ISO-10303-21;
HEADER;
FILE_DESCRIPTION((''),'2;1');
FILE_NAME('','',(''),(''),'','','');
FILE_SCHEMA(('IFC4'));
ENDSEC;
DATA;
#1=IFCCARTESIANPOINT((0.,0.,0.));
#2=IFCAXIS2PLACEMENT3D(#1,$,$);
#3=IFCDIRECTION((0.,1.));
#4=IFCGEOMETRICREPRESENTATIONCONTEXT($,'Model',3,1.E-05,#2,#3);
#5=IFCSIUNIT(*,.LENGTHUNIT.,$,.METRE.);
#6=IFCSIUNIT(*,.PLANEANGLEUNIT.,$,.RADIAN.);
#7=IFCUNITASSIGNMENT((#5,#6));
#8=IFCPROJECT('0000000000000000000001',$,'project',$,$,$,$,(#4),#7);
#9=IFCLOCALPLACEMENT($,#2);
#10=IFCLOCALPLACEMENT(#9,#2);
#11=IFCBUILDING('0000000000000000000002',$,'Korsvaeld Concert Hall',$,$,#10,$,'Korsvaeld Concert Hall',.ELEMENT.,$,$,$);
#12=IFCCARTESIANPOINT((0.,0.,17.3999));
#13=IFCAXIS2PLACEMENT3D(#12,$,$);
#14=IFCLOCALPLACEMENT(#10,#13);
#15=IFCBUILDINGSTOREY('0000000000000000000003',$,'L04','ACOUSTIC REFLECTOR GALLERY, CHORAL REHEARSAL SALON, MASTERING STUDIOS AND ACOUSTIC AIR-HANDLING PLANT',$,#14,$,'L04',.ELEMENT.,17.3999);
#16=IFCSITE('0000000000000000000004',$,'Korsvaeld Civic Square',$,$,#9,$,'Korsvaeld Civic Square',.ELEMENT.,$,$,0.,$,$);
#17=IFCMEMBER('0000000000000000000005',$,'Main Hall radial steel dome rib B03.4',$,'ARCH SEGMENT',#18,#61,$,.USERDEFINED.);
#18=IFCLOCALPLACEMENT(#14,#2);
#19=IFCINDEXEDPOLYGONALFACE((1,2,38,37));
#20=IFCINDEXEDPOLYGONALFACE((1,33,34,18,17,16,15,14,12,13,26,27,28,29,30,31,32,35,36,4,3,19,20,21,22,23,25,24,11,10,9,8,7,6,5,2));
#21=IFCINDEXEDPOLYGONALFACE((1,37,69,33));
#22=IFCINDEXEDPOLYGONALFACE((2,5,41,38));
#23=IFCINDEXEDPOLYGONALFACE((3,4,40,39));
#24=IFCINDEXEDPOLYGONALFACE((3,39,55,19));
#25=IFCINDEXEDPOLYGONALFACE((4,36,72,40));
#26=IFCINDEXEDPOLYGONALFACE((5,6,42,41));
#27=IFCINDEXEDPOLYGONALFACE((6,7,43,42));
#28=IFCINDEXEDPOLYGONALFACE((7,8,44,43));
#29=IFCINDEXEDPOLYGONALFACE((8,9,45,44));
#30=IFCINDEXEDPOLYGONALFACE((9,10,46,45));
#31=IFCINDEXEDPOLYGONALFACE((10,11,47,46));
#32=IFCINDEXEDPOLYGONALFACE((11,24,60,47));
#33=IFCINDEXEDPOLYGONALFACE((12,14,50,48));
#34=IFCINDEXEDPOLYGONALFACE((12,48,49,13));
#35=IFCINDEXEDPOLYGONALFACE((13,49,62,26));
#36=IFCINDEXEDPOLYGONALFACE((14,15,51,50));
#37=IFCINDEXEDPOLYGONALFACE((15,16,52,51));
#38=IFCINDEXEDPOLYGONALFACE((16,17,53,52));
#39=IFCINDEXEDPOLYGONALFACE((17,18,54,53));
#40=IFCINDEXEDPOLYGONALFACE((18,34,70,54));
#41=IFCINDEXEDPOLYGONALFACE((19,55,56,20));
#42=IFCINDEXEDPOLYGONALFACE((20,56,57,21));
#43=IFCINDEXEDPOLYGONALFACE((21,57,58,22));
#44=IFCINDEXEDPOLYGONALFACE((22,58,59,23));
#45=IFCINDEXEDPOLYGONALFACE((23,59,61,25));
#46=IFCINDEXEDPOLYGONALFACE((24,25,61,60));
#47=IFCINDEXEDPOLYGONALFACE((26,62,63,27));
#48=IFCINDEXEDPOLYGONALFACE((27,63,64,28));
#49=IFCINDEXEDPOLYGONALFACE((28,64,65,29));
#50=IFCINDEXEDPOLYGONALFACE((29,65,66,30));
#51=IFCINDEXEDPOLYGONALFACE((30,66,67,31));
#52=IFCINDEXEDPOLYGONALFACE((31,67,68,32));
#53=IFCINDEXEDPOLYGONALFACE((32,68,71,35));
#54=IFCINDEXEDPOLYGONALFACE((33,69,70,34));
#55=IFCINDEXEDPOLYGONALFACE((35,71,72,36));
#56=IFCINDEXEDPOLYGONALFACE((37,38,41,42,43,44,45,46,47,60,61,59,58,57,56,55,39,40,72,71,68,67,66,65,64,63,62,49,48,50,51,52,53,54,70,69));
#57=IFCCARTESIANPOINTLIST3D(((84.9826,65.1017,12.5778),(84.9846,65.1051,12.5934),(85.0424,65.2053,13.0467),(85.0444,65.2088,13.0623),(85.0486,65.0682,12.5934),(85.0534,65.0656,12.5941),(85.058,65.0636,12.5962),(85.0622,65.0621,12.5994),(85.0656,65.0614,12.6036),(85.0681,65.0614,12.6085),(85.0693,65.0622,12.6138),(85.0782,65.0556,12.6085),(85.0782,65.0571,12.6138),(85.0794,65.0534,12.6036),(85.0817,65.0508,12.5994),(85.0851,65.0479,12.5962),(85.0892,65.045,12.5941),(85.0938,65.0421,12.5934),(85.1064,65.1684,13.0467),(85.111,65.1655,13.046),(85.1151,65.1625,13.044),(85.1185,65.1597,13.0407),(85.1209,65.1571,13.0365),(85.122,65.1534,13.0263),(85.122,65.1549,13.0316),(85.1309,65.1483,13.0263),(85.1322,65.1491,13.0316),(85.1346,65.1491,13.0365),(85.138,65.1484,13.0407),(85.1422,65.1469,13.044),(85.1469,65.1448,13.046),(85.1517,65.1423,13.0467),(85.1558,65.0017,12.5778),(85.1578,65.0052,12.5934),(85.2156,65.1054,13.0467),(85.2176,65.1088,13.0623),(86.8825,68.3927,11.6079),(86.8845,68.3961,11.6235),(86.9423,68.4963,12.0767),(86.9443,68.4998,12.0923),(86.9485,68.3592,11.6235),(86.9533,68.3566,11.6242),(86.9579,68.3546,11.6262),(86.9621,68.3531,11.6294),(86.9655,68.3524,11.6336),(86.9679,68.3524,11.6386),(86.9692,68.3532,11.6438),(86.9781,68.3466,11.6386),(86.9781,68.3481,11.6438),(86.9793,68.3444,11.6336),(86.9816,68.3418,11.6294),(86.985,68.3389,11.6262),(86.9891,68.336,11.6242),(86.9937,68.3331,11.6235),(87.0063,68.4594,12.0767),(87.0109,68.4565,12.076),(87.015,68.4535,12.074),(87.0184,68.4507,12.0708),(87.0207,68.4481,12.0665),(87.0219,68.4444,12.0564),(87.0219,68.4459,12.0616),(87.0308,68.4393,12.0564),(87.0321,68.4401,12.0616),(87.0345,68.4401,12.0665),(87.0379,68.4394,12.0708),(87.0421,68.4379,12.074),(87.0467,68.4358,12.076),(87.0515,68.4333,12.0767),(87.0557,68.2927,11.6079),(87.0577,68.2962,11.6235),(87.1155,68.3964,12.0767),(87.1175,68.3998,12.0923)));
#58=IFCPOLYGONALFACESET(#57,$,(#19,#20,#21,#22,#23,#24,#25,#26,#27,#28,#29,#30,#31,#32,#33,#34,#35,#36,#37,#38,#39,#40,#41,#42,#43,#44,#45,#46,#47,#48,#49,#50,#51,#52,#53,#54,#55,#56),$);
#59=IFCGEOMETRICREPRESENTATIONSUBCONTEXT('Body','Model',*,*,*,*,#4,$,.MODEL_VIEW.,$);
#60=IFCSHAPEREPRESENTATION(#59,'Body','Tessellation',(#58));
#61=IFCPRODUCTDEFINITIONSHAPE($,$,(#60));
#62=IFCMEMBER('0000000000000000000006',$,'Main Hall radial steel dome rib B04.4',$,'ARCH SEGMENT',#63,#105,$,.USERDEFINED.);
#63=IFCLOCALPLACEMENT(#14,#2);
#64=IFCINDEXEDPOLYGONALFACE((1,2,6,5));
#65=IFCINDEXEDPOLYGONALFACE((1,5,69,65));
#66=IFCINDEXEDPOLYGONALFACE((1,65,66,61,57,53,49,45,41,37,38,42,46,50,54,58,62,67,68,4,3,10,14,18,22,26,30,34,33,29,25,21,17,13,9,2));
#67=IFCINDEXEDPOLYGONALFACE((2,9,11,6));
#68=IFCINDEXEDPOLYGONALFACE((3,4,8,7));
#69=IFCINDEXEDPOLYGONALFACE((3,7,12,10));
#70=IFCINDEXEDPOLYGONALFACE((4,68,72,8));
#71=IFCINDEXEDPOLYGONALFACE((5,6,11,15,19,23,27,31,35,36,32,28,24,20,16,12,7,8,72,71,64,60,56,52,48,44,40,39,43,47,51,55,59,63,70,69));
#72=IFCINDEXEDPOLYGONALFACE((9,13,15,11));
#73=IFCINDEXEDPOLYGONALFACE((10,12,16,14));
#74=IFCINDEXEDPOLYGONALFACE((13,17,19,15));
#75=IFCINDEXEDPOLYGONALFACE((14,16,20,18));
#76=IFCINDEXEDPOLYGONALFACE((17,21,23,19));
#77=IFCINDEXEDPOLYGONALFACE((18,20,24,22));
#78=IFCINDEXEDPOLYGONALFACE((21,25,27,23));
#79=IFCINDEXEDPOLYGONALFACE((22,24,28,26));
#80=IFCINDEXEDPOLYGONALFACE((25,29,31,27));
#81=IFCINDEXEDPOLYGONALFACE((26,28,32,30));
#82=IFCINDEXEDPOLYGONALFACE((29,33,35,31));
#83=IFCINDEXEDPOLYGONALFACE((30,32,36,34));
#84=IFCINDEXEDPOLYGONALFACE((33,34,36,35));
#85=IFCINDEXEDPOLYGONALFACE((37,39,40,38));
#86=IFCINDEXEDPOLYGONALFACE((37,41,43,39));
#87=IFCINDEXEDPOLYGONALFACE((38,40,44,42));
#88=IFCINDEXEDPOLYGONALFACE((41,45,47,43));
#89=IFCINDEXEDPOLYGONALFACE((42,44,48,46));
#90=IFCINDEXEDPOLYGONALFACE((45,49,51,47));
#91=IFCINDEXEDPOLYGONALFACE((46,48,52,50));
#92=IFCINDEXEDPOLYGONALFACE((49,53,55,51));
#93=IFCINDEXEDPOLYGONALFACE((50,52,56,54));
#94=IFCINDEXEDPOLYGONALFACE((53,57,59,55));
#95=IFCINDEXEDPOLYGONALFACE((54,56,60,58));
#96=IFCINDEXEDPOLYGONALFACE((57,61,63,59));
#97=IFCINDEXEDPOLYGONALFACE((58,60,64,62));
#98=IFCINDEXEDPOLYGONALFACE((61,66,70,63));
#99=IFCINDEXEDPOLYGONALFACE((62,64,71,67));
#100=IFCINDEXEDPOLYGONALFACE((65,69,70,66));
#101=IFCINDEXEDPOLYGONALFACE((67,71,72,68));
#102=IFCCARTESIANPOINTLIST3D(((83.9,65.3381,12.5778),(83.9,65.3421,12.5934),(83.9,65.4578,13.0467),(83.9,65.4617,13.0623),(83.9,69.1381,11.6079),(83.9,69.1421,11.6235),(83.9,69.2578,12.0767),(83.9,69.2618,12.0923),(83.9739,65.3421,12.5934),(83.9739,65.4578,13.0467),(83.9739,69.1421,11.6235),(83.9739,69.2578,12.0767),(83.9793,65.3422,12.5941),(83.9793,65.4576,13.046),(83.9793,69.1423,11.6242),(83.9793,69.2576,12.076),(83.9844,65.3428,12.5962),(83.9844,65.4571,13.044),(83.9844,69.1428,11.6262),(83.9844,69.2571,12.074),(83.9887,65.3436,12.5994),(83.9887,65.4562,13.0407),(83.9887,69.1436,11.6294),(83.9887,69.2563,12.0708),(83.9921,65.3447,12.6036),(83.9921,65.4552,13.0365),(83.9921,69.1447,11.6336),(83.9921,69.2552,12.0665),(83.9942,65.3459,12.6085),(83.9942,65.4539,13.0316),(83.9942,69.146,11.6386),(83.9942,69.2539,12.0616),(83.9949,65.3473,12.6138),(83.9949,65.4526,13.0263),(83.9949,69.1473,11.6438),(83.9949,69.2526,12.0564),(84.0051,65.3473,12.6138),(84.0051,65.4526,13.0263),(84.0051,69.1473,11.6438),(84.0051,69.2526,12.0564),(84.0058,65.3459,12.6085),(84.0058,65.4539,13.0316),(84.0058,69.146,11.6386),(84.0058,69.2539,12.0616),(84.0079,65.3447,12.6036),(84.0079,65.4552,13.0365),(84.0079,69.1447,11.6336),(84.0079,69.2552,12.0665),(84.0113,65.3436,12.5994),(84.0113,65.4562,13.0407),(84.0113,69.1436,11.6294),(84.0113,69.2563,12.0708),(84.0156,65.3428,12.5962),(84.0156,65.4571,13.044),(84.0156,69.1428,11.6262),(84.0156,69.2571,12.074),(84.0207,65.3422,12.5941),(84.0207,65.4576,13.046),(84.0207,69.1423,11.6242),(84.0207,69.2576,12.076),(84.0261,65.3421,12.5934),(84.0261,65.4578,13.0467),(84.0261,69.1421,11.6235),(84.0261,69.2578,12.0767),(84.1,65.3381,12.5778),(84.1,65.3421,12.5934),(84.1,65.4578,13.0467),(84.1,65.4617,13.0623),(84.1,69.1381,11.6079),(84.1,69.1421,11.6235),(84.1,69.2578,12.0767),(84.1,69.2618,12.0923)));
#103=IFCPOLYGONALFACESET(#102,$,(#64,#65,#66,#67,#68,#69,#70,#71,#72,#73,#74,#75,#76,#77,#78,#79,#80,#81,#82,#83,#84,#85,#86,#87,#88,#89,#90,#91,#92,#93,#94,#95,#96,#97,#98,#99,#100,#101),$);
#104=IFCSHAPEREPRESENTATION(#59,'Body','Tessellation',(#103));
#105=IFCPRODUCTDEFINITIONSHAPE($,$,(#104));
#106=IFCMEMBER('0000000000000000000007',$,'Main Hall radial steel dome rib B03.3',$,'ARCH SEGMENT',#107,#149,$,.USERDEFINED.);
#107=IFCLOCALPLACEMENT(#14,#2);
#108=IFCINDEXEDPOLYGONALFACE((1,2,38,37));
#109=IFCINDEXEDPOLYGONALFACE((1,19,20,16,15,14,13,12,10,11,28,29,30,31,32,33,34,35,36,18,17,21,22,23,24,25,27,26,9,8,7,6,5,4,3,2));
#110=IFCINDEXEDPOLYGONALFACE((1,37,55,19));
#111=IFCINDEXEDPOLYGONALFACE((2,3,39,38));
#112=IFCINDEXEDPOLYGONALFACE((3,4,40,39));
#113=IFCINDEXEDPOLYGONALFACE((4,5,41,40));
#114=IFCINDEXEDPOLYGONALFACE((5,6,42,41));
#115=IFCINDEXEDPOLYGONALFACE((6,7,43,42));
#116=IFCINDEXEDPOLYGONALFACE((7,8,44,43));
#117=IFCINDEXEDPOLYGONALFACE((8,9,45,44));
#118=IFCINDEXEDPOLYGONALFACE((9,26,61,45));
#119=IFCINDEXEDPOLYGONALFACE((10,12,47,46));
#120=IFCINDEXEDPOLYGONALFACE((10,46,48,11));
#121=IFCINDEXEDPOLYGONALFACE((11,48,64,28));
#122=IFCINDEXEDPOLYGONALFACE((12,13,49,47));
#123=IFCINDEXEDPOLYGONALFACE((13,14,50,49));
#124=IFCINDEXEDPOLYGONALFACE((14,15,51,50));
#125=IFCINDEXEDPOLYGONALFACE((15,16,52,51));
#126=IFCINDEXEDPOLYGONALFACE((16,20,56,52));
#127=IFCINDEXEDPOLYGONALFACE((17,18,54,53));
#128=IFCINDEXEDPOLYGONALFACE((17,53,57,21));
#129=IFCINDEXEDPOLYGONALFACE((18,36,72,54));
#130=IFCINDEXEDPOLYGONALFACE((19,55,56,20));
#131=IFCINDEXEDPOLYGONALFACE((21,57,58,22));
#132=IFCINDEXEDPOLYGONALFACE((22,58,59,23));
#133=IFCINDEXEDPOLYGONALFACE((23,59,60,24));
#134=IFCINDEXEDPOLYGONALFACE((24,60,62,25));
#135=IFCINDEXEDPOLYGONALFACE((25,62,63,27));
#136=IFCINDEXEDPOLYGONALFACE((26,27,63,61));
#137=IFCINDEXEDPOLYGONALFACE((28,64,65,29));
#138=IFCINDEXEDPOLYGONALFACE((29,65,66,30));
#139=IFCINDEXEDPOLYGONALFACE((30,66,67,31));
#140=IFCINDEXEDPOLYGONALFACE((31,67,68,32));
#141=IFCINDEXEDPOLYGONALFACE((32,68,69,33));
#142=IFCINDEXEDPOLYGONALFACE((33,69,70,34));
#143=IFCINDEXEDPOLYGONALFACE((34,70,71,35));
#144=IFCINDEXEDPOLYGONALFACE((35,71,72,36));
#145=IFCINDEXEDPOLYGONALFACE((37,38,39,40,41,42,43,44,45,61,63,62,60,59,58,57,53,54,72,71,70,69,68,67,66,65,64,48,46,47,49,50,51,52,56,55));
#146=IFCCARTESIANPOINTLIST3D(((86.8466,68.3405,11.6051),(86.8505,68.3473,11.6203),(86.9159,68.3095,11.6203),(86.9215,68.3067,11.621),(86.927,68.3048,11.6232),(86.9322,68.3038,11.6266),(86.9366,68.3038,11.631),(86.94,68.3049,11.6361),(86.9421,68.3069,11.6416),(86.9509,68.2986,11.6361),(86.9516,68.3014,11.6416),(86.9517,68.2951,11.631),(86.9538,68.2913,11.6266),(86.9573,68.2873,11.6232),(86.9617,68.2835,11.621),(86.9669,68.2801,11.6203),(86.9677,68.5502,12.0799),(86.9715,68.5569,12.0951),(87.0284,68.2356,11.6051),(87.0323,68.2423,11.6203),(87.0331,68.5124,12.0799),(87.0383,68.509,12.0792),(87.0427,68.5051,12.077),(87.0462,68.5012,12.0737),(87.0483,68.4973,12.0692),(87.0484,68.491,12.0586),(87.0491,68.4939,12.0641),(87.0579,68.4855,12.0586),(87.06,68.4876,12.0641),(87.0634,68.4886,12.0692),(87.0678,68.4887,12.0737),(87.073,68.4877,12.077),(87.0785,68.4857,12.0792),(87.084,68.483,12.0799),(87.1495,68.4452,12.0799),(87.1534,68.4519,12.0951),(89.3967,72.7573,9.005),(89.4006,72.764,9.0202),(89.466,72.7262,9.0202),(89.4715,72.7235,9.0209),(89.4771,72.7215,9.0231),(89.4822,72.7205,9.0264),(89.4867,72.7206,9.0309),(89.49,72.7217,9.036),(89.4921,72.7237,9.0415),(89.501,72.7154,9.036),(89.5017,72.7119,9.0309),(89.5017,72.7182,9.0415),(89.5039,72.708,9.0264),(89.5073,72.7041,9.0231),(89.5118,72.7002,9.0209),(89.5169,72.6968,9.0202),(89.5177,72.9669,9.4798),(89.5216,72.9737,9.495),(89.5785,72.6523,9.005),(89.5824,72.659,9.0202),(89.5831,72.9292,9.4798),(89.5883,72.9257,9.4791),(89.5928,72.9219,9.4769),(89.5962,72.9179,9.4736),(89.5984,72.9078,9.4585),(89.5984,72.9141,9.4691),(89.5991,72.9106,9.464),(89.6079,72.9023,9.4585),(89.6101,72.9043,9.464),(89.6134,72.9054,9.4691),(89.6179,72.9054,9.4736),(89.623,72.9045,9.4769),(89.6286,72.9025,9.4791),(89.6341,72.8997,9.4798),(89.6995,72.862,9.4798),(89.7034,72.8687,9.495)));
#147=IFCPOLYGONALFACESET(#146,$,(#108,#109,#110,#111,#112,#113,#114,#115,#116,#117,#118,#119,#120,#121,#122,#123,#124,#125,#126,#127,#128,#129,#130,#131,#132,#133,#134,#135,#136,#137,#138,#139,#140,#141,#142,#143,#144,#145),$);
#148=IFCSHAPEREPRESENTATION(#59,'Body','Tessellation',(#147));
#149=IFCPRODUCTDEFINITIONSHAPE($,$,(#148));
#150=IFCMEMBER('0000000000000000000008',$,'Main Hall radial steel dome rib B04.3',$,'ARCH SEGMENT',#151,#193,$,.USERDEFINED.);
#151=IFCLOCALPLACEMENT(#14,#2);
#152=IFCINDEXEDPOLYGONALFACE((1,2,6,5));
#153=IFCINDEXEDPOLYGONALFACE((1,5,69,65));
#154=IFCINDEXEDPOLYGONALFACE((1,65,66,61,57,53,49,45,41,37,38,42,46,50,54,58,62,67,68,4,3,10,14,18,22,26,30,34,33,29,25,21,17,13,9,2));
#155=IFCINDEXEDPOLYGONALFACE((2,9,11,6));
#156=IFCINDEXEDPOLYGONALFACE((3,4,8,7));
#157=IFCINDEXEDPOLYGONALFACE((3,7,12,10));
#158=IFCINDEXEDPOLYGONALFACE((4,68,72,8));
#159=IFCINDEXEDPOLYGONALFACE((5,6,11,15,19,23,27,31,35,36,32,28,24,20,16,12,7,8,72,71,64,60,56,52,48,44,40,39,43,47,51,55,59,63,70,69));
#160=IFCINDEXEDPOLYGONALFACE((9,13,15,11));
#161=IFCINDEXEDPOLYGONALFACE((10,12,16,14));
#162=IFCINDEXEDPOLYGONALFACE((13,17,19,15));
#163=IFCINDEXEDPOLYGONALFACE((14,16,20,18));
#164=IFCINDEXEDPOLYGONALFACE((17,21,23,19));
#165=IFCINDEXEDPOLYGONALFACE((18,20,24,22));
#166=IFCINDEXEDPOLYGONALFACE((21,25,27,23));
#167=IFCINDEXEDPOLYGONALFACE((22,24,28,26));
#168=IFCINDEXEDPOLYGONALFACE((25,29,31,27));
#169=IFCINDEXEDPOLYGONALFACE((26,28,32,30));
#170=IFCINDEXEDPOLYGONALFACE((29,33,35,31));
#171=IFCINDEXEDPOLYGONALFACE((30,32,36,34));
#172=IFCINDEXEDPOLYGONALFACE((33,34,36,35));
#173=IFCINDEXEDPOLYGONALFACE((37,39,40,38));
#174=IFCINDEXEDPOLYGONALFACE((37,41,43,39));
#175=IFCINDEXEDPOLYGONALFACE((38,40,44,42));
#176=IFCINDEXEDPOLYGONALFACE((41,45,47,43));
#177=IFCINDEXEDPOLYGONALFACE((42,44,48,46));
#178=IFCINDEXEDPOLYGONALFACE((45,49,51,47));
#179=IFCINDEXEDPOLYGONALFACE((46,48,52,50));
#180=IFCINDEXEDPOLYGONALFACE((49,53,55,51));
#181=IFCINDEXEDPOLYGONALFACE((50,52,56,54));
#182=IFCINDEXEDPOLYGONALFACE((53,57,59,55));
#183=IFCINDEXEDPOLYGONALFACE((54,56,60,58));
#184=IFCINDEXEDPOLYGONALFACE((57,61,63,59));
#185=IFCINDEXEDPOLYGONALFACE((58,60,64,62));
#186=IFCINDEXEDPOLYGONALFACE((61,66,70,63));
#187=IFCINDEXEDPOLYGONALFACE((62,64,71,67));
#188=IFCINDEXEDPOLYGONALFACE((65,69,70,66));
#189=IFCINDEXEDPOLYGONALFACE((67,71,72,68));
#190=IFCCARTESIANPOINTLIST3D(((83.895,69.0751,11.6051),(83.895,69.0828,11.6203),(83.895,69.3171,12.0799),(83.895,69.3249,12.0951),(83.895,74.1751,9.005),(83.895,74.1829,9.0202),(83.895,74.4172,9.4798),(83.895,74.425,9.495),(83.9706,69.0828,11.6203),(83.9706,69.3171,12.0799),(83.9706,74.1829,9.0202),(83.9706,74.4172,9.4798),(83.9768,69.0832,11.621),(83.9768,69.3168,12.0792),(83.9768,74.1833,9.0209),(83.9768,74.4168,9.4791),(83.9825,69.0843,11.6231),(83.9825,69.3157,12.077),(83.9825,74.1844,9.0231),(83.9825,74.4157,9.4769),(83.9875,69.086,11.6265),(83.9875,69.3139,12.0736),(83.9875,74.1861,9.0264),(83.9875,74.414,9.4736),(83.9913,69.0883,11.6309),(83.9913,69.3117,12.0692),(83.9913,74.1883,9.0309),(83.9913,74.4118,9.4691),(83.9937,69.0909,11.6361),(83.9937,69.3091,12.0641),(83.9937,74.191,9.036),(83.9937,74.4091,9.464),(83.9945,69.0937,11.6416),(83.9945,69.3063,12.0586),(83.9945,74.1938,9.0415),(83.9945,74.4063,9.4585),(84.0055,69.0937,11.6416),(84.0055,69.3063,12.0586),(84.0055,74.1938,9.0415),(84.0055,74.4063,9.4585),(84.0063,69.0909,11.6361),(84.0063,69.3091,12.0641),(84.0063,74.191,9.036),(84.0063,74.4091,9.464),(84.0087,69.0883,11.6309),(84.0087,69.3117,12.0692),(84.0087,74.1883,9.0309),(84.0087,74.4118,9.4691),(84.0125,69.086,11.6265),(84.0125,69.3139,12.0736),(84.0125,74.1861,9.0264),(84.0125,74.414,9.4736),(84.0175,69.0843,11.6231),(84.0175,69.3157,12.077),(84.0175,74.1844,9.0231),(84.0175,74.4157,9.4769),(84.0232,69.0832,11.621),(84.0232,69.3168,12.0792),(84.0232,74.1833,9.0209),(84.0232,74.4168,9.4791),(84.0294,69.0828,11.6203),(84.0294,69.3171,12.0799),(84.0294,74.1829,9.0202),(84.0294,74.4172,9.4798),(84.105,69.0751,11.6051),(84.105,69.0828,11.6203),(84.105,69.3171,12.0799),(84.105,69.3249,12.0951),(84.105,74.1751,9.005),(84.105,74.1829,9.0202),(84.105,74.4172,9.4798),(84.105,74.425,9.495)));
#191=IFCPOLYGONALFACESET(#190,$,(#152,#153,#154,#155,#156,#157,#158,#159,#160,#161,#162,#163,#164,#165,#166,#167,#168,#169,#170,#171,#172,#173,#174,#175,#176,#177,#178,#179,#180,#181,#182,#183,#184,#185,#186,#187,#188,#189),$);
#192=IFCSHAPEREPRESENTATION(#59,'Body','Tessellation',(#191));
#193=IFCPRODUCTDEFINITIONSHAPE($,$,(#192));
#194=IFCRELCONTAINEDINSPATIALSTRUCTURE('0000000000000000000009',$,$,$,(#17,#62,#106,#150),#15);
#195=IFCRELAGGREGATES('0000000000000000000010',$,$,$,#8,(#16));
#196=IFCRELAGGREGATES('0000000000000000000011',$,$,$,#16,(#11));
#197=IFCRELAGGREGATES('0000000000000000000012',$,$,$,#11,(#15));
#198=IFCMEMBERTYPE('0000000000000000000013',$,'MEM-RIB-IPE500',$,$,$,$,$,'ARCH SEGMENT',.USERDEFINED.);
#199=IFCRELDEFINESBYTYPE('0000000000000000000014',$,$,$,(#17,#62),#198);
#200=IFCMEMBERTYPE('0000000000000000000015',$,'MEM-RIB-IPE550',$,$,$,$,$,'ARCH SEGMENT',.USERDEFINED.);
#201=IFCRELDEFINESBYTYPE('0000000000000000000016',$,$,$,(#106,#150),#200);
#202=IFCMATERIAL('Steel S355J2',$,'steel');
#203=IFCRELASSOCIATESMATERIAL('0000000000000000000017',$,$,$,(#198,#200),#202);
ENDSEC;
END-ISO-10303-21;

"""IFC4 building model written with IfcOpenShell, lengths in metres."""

from ifc_helpers import new_model, si_unit, direction, frame, origin, origin_2d, place, context, subcontext, project, spatial, i_section, extrude, material, material_profile, profile_set, type_object, element, save


model = new_model("IFC4")

# Units and contexts
model_context = context("Model", 3, precision=1e-05, world=origin(), true_north=direction((0.0, 1.0)))
body_context = subcontext(model_context, "Body", "Model", "MODEL_VIEW")
ifc_project = project(units=[si_unit("LENGTHUNIT", "METRE"), si_unit("PLANEANGLEUNIT", "RADIAN")], contexts=[model_context])

# Site, building, storey
site_placement = place(None, origin())
site = spatial("IfcSite", under=ifc_project, at=site_placement, Name="Korsvaeld Civic Square", LongName="Korsvaeld Civic Square", CompositionType="ELEMENT", RefElevation=0.0)
building_placement = place(site_placement, origin())
building = spatial("IfcBuilding", under=site, at=building_placement, Name="Korsvaeld Concert Hall", LongName="Korsvaeld Concert Hall", CompositionType="ELEMENT")
storey_placement = place(building_placement, frame((0.0, 0.0, 17.3999)))
storey = spatial("IfcBuildingStorey", under=building, at=storey_placement, Name="L04", Description="ACOUSTIC REFLECTOR GALLERY, CHORAL REHEARSAL SALON, MASTERING STUDIOS AND ACOUSTIC AIR-HANDLING PLANT", LongName="L04", CompositionType="ELEMENT", Elevation=17.3999)

# Shared definitions
ifc_material_1 = material(Name="Steel S355J2", Category="steel")

# Members
ifc_material_profile_1 = material_profile(ifc_material_1, i_section(OverallWidth=0.2, OverallDepth=0.5, WebThickness=0.0103, FlangeThickness=0.0161, FilletRadius=0.021, at=origin_2d()), Name="IPE 500")
ifc_profile_set_1 = profile_set([ifc_material_profile_1], Name="Steel S355J2")
member_type_1 = type_object("IfcMemberType", Name="MEM-RIB-IPE500", ElementType="ARCH SEGMENT", PredefinedType="USERDEFINED", material=ifc_profile_set_1)
for number, where, z_axis, x_axis, name in (
    (1, (87.0, 68.3962, 11.8501), (-0.484435, -0.839139, 0.247322), (0.866044, -0.499967, 0.0), "Main Hall radial steel dome rib B03.4"),
    (2, (84.0, 69.2, 11.8501), (0.0, -0.968933, 0.247322), (1.0, 0.0, 0.0), "Main Hall radial steel dome rib B04.4"),
):
    element("IfcMember", number, at=place(storey_placement, frame(where, z_axis=z_axis, x_axis=x_axis)), inside=storey, type_object=member_type_1, Name=name, ObjectType="ARCH SEGMENT", PredefinedType="USERDEFINED", context=body_context, shape_type="SweptSolid", body=[
        extrude(i_section(OverallWidth=0.2, OverallDepth=0.5, WebThickness=0.0103, FlangeThickness=0.0161, FilletRadius=0.021, at=origin_2d()), origin(), (0.0, 0.0, 1.0), 3.9219),
    ])
ifc_material_profile_2 = material_profile(ifc_material_1, i_section(OverallWidth=0.21, OverallDepth=0.55, WebThickness=0.011, FlangeThickness=0.0171, FilletRadius=0.0239, at=origin_2d()), Name="IPE 550")
ifc_profile_set_2 = profile_set([ifc_material_profile_2], Name="Steel S355J2")
member_type_2 = type_object("IfcMemberType", Name="MEM-RIB-IPE550", ElementType="ARCH SEGMENT", PredefinedType="USERDEFINED", material=ifc_profile_set_2)
for number, where, z_axis, x_axis, name in (
    (3, (89.55, 72.813, 9.25), (-0.445455, -0.77154, 0.454198), (0.866022, -0.500006, 0.0), "Main Hall radial steel dome rib B03.3"),
    (4, (84.0, 74.3, 9.25), (0.0, -0.890903, 0.454194), (1.0, 0.0, 0.0), "Main Hall radial steel dome rib B04.3"),
):
    element("IfcMember", number, at=place(storey_placement, frame(where, z_axis=z_axis, x_axis=x_axis)), inside=storey, type_object=member_type_2, Name=name, ObjectType="ARCH SEGMENT", PredefinedType="USERDEFINED", context=body_context, shape_type="SweptSolid", body=[
        extrude(i_section(OverallWidth=0.21, OverallDepth=0.55, WebThickness=0.011, FlangeThickness=0.0171, FilletRadius=0.0239, at=origin_2d()), origin(), (0.0, 0.0, 1.0), 5.7246),
    ])

save(model, "model.ifc")
